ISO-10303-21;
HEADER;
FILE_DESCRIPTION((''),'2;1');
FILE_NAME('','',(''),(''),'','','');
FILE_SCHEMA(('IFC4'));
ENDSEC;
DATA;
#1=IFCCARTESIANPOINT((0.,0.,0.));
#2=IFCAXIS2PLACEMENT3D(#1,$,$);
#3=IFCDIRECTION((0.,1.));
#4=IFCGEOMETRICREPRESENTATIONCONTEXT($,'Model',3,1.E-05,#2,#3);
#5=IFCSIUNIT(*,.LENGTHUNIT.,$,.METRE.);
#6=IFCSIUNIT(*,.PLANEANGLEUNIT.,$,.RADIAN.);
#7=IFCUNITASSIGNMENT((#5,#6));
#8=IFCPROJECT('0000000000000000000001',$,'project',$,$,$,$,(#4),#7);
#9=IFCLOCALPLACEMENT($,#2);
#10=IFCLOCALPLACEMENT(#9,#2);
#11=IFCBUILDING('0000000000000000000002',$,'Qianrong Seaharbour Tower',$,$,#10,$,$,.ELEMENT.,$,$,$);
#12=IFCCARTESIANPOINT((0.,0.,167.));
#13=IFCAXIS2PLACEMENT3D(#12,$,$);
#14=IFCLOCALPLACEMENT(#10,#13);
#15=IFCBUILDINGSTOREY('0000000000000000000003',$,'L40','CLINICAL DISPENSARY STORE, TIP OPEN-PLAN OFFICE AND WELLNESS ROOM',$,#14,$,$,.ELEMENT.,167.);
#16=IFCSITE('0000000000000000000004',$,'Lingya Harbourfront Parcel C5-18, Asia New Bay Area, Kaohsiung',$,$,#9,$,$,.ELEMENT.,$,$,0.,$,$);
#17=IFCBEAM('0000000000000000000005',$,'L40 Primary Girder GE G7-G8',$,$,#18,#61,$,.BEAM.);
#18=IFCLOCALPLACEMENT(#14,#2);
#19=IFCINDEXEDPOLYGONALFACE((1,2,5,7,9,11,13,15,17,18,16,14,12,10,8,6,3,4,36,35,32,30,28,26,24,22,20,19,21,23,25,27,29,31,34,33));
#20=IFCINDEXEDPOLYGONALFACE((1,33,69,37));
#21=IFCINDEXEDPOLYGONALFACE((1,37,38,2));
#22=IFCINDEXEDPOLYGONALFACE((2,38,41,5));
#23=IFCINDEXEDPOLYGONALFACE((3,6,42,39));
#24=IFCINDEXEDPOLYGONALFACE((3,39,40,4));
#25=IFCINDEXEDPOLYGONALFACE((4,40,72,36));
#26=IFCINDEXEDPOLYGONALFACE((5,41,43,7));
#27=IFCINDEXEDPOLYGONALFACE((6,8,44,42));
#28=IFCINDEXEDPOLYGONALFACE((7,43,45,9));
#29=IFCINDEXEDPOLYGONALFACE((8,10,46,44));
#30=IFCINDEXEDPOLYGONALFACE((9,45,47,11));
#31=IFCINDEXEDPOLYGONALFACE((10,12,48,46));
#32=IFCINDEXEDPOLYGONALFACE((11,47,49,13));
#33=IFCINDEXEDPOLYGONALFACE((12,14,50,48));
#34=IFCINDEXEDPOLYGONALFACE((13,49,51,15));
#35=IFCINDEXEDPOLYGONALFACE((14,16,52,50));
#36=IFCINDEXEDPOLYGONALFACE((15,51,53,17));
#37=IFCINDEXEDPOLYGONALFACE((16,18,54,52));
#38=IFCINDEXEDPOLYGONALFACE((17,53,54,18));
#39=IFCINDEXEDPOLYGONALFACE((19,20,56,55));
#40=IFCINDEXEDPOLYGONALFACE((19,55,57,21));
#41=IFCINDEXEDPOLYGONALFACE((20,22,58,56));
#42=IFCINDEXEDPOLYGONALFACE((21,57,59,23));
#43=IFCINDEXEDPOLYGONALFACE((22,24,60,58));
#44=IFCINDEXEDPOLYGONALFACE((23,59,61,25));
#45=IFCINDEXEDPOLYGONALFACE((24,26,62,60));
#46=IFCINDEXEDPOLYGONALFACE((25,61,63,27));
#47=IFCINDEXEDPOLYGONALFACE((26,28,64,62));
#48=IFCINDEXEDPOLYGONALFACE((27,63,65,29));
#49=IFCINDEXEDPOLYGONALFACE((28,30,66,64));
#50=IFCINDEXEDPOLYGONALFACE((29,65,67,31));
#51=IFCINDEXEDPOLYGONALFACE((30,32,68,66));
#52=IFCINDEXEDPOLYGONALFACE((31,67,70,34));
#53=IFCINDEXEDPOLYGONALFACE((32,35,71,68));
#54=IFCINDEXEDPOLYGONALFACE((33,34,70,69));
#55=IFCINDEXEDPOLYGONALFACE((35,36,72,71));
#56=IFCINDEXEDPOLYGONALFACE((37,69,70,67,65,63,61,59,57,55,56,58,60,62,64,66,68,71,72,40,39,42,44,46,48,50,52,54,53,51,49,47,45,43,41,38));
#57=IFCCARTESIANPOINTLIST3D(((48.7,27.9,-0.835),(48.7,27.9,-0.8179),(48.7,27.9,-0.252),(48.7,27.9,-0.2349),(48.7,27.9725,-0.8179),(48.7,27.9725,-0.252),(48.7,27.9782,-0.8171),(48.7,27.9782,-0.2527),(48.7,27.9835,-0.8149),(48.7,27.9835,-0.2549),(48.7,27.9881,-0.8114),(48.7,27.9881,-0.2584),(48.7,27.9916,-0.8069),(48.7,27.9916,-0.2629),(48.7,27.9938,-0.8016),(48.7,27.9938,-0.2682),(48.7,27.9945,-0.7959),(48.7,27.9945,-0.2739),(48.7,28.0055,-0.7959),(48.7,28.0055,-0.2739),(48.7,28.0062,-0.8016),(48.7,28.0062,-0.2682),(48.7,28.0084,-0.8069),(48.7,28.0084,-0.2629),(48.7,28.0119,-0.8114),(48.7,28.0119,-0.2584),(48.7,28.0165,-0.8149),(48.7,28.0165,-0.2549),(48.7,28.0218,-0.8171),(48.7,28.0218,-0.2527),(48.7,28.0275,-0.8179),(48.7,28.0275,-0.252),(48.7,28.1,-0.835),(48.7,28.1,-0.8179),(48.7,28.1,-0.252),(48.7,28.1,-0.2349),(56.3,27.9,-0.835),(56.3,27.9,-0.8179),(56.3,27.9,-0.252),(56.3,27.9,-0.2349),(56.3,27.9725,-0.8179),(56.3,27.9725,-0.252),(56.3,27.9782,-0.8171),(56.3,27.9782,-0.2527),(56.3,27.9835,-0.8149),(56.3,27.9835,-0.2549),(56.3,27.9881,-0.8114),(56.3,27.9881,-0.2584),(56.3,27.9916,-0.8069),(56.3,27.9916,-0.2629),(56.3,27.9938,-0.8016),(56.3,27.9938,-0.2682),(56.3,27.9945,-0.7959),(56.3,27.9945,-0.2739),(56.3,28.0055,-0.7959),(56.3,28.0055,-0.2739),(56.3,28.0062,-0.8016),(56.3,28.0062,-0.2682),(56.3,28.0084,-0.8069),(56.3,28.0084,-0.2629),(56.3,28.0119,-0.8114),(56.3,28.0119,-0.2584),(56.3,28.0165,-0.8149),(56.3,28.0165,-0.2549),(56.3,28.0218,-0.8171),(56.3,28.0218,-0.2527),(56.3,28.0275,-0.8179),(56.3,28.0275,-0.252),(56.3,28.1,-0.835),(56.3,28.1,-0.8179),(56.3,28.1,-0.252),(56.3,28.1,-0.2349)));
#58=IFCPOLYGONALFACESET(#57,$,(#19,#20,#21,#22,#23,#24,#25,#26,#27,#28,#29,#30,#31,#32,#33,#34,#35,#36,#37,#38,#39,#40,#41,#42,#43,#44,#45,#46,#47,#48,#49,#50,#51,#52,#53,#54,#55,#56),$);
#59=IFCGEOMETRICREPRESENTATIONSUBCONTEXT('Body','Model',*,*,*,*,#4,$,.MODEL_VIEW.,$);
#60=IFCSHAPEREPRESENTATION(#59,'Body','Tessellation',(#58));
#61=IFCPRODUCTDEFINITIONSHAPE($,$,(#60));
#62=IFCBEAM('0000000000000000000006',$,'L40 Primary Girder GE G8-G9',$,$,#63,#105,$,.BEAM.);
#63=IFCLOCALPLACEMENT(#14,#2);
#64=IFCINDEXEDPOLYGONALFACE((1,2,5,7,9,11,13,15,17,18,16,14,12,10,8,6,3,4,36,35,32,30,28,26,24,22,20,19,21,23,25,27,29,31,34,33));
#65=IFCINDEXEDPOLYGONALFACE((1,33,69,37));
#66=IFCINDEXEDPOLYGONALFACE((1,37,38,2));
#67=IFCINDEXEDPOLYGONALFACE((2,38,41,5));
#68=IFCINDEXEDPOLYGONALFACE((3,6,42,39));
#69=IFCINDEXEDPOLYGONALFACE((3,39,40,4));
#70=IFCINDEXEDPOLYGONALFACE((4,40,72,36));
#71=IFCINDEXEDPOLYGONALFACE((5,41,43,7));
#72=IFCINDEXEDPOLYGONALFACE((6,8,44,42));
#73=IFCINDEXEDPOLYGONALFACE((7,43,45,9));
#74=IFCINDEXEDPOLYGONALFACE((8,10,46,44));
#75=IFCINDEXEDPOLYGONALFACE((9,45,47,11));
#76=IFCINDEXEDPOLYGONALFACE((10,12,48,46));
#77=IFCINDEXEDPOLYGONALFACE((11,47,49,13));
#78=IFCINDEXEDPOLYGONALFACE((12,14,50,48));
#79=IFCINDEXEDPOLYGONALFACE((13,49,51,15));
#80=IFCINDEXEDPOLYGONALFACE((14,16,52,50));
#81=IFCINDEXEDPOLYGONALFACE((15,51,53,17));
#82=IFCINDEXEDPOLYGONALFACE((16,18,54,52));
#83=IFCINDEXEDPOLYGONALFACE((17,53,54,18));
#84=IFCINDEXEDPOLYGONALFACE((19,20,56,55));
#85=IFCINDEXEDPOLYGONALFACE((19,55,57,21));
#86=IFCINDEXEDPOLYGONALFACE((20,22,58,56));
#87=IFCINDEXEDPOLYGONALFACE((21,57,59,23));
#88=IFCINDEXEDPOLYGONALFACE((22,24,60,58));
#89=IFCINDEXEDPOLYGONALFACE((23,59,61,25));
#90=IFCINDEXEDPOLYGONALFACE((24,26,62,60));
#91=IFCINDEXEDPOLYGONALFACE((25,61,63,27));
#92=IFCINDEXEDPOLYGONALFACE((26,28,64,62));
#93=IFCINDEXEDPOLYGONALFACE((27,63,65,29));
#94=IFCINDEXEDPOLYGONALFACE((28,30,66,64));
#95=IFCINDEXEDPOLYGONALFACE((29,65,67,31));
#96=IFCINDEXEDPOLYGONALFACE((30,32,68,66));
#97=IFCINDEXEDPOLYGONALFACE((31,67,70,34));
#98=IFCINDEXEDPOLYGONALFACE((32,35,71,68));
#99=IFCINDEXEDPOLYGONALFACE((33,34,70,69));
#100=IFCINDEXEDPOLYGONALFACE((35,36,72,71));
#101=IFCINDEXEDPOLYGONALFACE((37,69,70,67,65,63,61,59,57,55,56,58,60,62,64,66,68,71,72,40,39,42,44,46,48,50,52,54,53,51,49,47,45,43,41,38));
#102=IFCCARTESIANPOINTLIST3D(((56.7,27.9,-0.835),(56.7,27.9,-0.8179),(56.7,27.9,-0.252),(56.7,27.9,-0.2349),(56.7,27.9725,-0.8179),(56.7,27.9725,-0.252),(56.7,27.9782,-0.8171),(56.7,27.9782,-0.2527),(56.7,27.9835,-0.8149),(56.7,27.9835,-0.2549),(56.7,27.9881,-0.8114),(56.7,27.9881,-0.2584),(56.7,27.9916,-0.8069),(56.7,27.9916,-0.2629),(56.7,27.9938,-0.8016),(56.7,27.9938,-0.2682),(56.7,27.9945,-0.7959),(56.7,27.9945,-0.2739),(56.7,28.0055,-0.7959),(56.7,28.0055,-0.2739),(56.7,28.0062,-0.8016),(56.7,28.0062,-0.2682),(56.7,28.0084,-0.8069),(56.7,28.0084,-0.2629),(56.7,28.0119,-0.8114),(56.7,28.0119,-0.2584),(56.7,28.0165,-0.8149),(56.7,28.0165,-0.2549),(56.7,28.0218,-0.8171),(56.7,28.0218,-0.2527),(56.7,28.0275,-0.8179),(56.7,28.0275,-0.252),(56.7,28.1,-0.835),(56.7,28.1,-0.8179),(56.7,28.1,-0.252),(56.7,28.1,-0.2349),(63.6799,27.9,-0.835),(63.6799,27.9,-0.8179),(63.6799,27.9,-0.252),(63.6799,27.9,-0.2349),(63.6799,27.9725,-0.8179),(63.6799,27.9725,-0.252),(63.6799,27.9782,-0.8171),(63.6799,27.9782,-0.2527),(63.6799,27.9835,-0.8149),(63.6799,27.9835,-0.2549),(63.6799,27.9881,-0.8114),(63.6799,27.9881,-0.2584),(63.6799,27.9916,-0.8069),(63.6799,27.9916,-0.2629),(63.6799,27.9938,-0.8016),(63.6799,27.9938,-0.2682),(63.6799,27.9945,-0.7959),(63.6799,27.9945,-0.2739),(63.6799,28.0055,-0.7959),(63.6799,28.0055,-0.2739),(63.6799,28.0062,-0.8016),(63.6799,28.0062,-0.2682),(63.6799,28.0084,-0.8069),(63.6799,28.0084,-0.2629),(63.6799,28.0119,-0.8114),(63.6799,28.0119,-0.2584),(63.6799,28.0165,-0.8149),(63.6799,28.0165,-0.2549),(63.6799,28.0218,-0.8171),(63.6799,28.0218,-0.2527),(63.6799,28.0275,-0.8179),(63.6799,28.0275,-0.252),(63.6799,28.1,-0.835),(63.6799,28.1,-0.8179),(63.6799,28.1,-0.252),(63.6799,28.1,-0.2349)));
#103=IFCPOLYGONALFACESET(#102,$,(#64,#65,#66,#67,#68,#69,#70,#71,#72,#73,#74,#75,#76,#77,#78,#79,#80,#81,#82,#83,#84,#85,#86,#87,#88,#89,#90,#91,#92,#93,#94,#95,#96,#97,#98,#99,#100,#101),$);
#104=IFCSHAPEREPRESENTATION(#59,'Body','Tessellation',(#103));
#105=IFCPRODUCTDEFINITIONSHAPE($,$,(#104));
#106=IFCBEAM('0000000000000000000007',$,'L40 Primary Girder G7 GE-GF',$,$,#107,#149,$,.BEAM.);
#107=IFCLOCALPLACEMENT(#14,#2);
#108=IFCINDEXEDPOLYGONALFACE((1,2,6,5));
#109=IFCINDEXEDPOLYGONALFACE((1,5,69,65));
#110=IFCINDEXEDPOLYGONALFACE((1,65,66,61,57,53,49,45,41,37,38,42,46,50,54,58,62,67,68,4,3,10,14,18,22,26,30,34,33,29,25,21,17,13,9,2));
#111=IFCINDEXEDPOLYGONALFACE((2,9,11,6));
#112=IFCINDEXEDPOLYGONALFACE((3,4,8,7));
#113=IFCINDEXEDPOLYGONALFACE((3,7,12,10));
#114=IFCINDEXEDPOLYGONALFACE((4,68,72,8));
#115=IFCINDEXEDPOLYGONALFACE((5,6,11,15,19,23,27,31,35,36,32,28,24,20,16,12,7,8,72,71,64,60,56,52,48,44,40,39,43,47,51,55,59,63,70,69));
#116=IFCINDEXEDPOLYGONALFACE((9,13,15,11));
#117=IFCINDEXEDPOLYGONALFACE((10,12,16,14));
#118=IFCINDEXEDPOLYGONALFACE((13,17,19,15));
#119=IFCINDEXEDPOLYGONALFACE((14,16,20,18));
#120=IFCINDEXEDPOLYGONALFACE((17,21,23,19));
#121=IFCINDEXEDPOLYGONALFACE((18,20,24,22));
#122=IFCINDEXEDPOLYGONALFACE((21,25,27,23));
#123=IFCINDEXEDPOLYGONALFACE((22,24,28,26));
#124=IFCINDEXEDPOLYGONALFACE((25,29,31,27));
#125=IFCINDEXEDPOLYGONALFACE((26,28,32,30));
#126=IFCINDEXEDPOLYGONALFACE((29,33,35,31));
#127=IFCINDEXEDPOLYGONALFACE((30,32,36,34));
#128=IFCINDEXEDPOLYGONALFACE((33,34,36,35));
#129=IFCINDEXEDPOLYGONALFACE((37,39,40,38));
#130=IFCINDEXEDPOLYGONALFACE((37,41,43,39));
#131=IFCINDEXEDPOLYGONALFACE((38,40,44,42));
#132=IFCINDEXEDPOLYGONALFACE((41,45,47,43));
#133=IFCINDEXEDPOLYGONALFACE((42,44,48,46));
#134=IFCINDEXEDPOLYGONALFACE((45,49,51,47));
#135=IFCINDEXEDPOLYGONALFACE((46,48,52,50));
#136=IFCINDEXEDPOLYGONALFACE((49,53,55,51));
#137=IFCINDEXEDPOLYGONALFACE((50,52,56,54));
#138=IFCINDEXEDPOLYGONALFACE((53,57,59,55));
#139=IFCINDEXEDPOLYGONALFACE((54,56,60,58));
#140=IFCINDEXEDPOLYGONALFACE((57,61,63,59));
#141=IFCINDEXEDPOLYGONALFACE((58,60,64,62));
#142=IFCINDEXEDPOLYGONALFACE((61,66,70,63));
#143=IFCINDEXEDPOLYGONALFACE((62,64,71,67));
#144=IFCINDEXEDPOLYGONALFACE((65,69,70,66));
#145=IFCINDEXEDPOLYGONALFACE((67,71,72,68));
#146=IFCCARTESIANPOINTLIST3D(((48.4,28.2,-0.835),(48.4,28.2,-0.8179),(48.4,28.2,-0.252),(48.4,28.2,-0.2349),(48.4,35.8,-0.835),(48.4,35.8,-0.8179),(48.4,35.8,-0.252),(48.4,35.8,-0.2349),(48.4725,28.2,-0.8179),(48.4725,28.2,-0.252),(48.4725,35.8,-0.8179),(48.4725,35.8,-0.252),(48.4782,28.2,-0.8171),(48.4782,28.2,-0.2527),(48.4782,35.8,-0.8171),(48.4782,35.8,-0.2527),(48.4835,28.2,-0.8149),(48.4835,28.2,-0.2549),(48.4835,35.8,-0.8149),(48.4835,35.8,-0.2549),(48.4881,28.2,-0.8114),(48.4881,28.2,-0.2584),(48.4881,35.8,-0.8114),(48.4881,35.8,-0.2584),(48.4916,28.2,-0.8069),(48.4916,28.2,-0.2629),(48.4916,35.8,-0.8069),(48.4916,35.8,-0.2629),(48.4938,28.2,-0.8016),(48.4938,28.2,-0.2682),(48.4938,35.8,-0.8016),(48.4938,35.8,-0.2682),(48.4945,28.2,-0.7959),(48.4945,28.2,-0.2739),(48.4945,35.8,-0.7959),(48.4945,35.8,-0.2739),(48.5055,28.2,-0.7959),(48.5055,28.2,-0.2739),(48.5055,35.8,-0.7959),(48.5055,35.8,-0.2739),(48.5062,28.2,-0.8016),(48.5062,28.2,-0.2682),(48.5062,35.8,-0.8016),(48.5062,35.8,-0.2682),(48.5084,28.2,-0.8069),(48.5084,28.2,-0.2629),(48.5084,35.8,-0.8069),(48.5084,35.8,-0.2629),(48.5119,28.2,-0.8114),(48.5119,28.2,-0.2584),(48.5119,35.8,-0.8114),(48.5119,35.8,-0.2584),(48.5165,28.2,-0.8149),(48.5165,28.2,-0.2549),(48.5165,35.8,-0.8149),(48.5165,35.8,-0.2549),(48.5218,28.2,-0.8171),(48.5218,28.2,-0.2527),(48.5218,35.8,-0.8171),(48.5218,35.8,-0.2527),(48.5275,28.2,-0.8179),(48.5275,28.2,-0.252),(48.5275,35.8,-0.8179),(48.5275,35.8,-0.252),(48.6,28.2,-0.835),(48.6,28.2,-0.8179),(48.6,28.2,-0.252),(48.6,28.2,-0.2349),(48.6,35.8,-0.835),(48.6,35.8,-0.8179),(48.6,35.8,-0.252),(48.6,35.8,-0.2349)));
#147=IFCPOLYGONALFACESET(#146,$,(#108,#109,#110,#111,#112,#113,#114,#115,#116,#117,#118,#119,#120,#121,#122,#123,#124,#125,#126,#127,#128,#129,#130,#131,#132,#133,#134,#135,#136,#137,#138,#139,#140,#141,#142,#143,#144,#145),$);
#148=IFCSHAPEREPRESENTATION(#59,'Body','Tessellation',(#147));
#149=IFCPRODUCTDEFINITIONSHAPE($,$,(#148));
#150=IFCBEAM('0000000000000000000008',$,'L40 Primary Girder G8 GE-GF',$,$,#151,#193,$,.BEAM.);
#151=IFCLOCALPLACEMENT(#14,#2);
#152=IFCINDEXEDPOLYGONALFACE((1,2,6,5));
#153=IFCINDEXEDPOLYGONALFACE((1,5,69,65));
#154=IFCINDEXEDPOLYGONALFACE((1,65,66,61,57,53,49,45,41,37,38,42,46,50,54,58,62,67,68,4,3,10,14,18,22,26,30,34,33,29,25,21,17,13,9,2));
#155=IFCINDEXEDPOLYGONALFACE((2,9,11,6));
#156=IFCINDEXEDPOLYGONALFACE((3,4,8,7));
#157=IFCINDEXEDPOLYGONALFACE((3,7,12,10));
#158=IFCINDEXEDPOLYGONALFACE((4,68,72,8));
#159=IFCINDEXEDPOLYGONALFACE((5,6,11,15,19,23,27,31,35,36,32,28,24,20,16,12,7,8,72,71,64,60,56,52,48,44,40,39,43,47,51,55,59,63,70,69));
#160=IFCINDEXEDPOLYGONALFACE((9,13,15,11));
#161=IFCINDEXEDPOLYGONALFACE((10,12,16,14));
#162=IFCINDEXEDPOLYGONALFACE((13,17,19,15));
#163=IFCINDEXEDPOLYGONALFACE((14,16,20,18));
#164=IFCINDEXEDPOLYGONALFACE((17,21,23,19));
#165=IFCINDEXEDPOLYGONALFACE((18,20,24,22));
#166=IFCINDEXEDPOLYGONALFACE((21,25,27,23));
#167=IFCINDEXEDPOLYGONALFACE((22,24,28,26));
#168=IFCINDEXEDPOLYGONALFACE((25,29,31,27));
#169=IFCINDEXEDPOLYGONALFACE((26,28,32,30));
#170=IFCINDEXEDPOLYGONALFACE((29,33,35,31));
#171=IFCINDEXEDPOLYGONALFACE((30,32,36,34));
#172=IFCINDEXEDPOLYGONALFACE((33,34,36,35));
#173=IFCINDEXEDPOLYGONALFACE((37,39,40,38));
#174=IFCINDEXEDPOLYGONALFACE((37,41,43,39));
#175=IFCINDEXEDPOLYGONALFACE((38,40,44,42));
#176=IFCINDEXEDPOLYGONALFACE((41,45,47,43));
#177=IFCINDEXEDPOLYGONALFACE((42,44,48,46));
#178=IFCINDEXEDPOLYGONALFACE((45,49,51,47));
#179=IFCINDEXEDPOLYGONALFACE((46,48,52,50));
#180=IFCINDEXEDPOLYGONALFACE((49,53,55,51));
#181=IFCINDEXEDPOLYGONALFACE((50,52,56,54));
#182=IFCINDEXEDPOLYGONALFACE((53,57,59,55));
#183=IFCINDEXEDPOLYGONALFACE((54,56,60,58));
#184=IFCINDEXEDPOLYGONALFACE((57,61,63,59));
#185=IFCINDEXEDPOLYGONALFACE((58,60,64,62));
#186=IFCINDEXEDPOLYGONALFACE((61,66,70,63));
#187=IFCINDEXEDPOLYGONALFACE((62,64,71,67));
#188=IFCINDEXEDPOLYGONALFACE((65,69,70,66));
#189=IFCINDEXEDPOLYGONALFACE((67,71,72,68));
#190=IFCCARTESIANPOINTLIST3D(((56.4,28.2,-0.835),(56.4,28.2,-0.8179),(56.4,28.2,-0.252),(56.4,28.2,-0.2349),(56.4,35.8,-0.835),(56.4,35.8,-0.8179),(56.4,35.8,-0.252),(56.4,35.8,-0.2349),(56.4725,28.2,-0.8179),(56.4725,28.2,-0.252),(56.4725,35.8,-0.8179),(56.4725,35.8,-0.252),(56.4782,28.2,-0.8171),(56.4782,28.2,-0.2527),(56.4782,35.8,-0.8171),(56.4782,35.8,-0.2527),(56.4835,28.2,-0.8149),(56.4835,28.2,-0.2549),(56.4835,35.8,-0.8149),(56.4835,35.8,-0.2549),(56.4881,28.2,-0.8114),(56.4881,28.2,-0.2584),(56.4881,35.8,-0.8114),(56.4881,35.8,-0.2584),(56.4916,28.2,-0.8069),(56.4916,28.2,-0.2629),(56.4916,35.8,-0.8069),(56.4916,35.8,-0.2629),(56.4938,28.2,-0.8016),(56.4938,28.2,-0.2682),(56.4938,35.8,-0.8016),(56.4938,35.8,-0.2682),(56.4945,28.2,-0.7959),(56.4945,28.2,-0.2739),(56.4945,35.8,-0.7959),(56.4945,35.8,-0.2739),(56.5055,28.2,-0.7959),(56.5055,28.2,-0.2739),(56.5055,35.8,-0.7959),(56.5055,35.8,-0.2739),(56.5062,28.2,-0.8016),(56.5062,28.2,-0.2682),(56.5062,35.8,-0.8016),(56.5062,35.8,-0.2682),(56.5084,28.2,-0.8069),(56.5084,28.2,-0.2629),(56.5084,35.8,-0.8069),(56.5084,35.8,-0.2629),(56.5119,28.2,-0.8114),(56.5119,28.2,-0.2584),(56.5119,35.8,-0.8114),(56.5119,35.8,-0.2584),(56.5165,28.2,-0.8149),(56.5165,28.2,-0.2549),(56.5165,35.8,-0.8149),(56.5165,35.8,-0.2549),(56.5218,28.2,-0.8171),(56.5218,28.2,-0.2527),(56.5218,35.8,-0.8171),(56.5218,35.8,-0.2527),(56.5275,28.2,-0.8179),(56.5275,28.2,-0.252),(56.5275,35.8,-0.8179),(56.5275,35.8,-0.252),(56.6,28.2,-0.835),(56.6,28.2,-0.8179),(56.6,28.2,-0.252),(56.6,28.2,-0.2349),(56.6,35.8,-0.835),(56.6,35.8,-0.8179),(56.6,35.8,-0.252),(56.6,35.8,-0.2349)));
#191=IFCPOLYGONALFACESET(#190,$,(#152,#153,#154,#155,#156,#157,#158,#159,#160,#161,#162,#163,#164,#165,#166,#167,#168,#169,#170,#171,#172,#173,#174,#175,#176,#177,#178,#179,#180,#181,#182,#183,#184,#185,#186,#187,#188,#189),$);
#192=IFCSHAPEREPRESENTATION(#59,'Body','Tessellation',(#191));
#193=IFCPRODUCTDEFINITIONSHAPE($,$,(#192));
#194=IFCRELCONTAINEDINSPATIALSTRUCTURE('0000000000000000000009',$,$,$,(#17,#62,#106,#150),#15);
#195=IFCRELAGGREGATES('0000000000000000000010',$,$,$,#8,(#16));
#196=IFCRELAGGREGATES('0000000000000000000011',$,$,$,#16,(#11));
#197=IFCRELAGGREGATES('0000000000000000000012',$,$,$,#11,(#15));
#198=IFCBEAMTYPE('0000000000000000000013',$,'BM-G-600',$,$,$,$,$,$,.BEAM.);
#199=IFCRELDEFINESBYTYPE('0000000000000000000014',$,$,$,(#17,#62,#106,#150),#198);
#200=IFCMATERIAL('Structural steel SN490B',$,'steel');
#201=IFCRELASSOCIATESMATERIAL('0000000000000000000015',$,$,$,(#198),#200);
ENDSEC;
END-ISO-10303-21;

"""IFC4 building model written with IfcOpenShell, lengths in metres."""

from ifc_helpers import new_model, si_unit, direction, frame, origin, origin_2d, place, context, subcontext, project, spatial, i_section, extrude, material, material_profile, profile_set, type_object, element, save


model = new_model("IFC4")

# Units and contexts
model_context = context("Model", 3, precision=1e-05, world=origin(), true_north=direction((0.0, 1.0)))
body_context = subcontext(model_context, "Body", "Model", "MODEL_VIEW")
ifc_project = project(units=[si_unit("LENGTHUNIT", "METRE"), si_unit("PLANEANGLEUNIT", "RADIAN")], contexts=[model_context])

# Site, building, storey
site_placement = place(None, origin())
site = spatial("IfcSite", under=ifc_project, at=site_placement, Name="Lingya Harbourfront Parcel C5-18, Asia New Bay Area, Kaohsiung", CompositionType="ELEMENT", RefElevation=0.0)
building_placement = place(site_placement, origin())
building = spatial("IfcBuilding", under=site, at=building_placement, Name="Qianrong Seaharbour Tower", CompositionType="ELEMENT")
storey_placement = place(building_placement, frame((0.0, 0.0, 167.0)))
storey = spatial("IfcBuildingStorey", under=building, at=storey_placement, Name="L40", Description="CLINICAL DISPENSARY STORE, TIP OPEN-PLAN OFFICE AND WELLNESS ROOM", CompositionType="ELEMENT", Elevation=167.0)

# Shared definitions
ifc_material_1 = material(Name="Structural steel SN490B", Category="steel")

# Beams
ifc_material_profile_1 = material_profile(ifc_material_1, i_section(OverallWidth=0.2, OverallDepth=0.6001, WebThickness=0.011, FlangeThickness=0.0171, FilletRadius=0.022, at=origin_2d()), Name="H600x200x11x17")
ifc_profile_set_1 = profile_set([ifc_material_profile_1], Name="Structural steel SN490B")
beam_type_1 = type_object("IfcBeamType", Name="BM-G-600", PredefinedType="BEAM", material=ifc_profile_set_1)
beam_1_placement = place(storey_placement, frame((48.7, 28.0, -0.5349), z_axis=(1.0, 0.0, 0.0), x_axis=(0.0, 1.0, 0.0)))
element("IfcBeam", 1, at=beam_1_placement, inside=storey, type_object=beam_type_1, Name="L40 Primary Girder GE G7-G8", PredefinedType="BEAM", context=body_context, shape_type="SweptSolid", body=[
    extrude(i_section(OverallWidth=0.2, OverallDepth=0.6001, WebThickness=0.011, FlangeThickness=0.0171, FilletRadius=0.022, at=origin_2d()), origin(), (0.0, 0.0, 1.0), 7.6001),
])
beam_2_placement = place(storey_placement, frame((56.7, 28.0, -0.5349), z_axis=(1.0, 0.0, 0.0), x_axis=(0.0, 1.0, 0.0)))
element("IfcBeam", 2, at=beam_2_placement, inside=storey, type_object=beam_type_1, Name="L40 Primary Girder GE G8-G9", PredefinedType="BEAM", context=body_context, shape_type="SweptSolid", body=[
    extrude(i_section(OverallWidth=0.2, OverallDepth=0.6001, WebThickness=0.011, FlangeThickness=0.0171, FilletRadius=0.022, at=origin_2d()), origin(), (0.0, 0.0, 1.0), 6.98),
])
for number, where, z_axis, x_axis, name in (
    (3, (48.5, 28.2, -0.5349), (0.0, 1.0, 0.0), (-1.0, 0.0, 0.0), "L40 Primary Girder G7 GE-GF"),
    (4, (56.5, 28.2, -0.5349), (0.0, 1.0, 0.0), (-1.0, 0.0, 0.0), "L40 Primary Girder G8 GE-GF"),
):
    element("IfcBeam", number, at=place(storey_placement, frame(where, z_axis=z_axis, x_axis=x_axis)), inside=storey, type_object=beam_type_1, Name=name, PredefinedType="BEAM", context=body_context, shape_type="SweptSolid", body=[
        extrude(i_section(OverallWidth=0.2, OverallDepth=0.6001, WebThickness=0.011, FlangeThickness=0.0171, FilletRadius=0.022, at=origin_2d()), origin(), (0.0, 0.0, 1.0), 7.6001),
    ])

save(model, "model.ifc")
